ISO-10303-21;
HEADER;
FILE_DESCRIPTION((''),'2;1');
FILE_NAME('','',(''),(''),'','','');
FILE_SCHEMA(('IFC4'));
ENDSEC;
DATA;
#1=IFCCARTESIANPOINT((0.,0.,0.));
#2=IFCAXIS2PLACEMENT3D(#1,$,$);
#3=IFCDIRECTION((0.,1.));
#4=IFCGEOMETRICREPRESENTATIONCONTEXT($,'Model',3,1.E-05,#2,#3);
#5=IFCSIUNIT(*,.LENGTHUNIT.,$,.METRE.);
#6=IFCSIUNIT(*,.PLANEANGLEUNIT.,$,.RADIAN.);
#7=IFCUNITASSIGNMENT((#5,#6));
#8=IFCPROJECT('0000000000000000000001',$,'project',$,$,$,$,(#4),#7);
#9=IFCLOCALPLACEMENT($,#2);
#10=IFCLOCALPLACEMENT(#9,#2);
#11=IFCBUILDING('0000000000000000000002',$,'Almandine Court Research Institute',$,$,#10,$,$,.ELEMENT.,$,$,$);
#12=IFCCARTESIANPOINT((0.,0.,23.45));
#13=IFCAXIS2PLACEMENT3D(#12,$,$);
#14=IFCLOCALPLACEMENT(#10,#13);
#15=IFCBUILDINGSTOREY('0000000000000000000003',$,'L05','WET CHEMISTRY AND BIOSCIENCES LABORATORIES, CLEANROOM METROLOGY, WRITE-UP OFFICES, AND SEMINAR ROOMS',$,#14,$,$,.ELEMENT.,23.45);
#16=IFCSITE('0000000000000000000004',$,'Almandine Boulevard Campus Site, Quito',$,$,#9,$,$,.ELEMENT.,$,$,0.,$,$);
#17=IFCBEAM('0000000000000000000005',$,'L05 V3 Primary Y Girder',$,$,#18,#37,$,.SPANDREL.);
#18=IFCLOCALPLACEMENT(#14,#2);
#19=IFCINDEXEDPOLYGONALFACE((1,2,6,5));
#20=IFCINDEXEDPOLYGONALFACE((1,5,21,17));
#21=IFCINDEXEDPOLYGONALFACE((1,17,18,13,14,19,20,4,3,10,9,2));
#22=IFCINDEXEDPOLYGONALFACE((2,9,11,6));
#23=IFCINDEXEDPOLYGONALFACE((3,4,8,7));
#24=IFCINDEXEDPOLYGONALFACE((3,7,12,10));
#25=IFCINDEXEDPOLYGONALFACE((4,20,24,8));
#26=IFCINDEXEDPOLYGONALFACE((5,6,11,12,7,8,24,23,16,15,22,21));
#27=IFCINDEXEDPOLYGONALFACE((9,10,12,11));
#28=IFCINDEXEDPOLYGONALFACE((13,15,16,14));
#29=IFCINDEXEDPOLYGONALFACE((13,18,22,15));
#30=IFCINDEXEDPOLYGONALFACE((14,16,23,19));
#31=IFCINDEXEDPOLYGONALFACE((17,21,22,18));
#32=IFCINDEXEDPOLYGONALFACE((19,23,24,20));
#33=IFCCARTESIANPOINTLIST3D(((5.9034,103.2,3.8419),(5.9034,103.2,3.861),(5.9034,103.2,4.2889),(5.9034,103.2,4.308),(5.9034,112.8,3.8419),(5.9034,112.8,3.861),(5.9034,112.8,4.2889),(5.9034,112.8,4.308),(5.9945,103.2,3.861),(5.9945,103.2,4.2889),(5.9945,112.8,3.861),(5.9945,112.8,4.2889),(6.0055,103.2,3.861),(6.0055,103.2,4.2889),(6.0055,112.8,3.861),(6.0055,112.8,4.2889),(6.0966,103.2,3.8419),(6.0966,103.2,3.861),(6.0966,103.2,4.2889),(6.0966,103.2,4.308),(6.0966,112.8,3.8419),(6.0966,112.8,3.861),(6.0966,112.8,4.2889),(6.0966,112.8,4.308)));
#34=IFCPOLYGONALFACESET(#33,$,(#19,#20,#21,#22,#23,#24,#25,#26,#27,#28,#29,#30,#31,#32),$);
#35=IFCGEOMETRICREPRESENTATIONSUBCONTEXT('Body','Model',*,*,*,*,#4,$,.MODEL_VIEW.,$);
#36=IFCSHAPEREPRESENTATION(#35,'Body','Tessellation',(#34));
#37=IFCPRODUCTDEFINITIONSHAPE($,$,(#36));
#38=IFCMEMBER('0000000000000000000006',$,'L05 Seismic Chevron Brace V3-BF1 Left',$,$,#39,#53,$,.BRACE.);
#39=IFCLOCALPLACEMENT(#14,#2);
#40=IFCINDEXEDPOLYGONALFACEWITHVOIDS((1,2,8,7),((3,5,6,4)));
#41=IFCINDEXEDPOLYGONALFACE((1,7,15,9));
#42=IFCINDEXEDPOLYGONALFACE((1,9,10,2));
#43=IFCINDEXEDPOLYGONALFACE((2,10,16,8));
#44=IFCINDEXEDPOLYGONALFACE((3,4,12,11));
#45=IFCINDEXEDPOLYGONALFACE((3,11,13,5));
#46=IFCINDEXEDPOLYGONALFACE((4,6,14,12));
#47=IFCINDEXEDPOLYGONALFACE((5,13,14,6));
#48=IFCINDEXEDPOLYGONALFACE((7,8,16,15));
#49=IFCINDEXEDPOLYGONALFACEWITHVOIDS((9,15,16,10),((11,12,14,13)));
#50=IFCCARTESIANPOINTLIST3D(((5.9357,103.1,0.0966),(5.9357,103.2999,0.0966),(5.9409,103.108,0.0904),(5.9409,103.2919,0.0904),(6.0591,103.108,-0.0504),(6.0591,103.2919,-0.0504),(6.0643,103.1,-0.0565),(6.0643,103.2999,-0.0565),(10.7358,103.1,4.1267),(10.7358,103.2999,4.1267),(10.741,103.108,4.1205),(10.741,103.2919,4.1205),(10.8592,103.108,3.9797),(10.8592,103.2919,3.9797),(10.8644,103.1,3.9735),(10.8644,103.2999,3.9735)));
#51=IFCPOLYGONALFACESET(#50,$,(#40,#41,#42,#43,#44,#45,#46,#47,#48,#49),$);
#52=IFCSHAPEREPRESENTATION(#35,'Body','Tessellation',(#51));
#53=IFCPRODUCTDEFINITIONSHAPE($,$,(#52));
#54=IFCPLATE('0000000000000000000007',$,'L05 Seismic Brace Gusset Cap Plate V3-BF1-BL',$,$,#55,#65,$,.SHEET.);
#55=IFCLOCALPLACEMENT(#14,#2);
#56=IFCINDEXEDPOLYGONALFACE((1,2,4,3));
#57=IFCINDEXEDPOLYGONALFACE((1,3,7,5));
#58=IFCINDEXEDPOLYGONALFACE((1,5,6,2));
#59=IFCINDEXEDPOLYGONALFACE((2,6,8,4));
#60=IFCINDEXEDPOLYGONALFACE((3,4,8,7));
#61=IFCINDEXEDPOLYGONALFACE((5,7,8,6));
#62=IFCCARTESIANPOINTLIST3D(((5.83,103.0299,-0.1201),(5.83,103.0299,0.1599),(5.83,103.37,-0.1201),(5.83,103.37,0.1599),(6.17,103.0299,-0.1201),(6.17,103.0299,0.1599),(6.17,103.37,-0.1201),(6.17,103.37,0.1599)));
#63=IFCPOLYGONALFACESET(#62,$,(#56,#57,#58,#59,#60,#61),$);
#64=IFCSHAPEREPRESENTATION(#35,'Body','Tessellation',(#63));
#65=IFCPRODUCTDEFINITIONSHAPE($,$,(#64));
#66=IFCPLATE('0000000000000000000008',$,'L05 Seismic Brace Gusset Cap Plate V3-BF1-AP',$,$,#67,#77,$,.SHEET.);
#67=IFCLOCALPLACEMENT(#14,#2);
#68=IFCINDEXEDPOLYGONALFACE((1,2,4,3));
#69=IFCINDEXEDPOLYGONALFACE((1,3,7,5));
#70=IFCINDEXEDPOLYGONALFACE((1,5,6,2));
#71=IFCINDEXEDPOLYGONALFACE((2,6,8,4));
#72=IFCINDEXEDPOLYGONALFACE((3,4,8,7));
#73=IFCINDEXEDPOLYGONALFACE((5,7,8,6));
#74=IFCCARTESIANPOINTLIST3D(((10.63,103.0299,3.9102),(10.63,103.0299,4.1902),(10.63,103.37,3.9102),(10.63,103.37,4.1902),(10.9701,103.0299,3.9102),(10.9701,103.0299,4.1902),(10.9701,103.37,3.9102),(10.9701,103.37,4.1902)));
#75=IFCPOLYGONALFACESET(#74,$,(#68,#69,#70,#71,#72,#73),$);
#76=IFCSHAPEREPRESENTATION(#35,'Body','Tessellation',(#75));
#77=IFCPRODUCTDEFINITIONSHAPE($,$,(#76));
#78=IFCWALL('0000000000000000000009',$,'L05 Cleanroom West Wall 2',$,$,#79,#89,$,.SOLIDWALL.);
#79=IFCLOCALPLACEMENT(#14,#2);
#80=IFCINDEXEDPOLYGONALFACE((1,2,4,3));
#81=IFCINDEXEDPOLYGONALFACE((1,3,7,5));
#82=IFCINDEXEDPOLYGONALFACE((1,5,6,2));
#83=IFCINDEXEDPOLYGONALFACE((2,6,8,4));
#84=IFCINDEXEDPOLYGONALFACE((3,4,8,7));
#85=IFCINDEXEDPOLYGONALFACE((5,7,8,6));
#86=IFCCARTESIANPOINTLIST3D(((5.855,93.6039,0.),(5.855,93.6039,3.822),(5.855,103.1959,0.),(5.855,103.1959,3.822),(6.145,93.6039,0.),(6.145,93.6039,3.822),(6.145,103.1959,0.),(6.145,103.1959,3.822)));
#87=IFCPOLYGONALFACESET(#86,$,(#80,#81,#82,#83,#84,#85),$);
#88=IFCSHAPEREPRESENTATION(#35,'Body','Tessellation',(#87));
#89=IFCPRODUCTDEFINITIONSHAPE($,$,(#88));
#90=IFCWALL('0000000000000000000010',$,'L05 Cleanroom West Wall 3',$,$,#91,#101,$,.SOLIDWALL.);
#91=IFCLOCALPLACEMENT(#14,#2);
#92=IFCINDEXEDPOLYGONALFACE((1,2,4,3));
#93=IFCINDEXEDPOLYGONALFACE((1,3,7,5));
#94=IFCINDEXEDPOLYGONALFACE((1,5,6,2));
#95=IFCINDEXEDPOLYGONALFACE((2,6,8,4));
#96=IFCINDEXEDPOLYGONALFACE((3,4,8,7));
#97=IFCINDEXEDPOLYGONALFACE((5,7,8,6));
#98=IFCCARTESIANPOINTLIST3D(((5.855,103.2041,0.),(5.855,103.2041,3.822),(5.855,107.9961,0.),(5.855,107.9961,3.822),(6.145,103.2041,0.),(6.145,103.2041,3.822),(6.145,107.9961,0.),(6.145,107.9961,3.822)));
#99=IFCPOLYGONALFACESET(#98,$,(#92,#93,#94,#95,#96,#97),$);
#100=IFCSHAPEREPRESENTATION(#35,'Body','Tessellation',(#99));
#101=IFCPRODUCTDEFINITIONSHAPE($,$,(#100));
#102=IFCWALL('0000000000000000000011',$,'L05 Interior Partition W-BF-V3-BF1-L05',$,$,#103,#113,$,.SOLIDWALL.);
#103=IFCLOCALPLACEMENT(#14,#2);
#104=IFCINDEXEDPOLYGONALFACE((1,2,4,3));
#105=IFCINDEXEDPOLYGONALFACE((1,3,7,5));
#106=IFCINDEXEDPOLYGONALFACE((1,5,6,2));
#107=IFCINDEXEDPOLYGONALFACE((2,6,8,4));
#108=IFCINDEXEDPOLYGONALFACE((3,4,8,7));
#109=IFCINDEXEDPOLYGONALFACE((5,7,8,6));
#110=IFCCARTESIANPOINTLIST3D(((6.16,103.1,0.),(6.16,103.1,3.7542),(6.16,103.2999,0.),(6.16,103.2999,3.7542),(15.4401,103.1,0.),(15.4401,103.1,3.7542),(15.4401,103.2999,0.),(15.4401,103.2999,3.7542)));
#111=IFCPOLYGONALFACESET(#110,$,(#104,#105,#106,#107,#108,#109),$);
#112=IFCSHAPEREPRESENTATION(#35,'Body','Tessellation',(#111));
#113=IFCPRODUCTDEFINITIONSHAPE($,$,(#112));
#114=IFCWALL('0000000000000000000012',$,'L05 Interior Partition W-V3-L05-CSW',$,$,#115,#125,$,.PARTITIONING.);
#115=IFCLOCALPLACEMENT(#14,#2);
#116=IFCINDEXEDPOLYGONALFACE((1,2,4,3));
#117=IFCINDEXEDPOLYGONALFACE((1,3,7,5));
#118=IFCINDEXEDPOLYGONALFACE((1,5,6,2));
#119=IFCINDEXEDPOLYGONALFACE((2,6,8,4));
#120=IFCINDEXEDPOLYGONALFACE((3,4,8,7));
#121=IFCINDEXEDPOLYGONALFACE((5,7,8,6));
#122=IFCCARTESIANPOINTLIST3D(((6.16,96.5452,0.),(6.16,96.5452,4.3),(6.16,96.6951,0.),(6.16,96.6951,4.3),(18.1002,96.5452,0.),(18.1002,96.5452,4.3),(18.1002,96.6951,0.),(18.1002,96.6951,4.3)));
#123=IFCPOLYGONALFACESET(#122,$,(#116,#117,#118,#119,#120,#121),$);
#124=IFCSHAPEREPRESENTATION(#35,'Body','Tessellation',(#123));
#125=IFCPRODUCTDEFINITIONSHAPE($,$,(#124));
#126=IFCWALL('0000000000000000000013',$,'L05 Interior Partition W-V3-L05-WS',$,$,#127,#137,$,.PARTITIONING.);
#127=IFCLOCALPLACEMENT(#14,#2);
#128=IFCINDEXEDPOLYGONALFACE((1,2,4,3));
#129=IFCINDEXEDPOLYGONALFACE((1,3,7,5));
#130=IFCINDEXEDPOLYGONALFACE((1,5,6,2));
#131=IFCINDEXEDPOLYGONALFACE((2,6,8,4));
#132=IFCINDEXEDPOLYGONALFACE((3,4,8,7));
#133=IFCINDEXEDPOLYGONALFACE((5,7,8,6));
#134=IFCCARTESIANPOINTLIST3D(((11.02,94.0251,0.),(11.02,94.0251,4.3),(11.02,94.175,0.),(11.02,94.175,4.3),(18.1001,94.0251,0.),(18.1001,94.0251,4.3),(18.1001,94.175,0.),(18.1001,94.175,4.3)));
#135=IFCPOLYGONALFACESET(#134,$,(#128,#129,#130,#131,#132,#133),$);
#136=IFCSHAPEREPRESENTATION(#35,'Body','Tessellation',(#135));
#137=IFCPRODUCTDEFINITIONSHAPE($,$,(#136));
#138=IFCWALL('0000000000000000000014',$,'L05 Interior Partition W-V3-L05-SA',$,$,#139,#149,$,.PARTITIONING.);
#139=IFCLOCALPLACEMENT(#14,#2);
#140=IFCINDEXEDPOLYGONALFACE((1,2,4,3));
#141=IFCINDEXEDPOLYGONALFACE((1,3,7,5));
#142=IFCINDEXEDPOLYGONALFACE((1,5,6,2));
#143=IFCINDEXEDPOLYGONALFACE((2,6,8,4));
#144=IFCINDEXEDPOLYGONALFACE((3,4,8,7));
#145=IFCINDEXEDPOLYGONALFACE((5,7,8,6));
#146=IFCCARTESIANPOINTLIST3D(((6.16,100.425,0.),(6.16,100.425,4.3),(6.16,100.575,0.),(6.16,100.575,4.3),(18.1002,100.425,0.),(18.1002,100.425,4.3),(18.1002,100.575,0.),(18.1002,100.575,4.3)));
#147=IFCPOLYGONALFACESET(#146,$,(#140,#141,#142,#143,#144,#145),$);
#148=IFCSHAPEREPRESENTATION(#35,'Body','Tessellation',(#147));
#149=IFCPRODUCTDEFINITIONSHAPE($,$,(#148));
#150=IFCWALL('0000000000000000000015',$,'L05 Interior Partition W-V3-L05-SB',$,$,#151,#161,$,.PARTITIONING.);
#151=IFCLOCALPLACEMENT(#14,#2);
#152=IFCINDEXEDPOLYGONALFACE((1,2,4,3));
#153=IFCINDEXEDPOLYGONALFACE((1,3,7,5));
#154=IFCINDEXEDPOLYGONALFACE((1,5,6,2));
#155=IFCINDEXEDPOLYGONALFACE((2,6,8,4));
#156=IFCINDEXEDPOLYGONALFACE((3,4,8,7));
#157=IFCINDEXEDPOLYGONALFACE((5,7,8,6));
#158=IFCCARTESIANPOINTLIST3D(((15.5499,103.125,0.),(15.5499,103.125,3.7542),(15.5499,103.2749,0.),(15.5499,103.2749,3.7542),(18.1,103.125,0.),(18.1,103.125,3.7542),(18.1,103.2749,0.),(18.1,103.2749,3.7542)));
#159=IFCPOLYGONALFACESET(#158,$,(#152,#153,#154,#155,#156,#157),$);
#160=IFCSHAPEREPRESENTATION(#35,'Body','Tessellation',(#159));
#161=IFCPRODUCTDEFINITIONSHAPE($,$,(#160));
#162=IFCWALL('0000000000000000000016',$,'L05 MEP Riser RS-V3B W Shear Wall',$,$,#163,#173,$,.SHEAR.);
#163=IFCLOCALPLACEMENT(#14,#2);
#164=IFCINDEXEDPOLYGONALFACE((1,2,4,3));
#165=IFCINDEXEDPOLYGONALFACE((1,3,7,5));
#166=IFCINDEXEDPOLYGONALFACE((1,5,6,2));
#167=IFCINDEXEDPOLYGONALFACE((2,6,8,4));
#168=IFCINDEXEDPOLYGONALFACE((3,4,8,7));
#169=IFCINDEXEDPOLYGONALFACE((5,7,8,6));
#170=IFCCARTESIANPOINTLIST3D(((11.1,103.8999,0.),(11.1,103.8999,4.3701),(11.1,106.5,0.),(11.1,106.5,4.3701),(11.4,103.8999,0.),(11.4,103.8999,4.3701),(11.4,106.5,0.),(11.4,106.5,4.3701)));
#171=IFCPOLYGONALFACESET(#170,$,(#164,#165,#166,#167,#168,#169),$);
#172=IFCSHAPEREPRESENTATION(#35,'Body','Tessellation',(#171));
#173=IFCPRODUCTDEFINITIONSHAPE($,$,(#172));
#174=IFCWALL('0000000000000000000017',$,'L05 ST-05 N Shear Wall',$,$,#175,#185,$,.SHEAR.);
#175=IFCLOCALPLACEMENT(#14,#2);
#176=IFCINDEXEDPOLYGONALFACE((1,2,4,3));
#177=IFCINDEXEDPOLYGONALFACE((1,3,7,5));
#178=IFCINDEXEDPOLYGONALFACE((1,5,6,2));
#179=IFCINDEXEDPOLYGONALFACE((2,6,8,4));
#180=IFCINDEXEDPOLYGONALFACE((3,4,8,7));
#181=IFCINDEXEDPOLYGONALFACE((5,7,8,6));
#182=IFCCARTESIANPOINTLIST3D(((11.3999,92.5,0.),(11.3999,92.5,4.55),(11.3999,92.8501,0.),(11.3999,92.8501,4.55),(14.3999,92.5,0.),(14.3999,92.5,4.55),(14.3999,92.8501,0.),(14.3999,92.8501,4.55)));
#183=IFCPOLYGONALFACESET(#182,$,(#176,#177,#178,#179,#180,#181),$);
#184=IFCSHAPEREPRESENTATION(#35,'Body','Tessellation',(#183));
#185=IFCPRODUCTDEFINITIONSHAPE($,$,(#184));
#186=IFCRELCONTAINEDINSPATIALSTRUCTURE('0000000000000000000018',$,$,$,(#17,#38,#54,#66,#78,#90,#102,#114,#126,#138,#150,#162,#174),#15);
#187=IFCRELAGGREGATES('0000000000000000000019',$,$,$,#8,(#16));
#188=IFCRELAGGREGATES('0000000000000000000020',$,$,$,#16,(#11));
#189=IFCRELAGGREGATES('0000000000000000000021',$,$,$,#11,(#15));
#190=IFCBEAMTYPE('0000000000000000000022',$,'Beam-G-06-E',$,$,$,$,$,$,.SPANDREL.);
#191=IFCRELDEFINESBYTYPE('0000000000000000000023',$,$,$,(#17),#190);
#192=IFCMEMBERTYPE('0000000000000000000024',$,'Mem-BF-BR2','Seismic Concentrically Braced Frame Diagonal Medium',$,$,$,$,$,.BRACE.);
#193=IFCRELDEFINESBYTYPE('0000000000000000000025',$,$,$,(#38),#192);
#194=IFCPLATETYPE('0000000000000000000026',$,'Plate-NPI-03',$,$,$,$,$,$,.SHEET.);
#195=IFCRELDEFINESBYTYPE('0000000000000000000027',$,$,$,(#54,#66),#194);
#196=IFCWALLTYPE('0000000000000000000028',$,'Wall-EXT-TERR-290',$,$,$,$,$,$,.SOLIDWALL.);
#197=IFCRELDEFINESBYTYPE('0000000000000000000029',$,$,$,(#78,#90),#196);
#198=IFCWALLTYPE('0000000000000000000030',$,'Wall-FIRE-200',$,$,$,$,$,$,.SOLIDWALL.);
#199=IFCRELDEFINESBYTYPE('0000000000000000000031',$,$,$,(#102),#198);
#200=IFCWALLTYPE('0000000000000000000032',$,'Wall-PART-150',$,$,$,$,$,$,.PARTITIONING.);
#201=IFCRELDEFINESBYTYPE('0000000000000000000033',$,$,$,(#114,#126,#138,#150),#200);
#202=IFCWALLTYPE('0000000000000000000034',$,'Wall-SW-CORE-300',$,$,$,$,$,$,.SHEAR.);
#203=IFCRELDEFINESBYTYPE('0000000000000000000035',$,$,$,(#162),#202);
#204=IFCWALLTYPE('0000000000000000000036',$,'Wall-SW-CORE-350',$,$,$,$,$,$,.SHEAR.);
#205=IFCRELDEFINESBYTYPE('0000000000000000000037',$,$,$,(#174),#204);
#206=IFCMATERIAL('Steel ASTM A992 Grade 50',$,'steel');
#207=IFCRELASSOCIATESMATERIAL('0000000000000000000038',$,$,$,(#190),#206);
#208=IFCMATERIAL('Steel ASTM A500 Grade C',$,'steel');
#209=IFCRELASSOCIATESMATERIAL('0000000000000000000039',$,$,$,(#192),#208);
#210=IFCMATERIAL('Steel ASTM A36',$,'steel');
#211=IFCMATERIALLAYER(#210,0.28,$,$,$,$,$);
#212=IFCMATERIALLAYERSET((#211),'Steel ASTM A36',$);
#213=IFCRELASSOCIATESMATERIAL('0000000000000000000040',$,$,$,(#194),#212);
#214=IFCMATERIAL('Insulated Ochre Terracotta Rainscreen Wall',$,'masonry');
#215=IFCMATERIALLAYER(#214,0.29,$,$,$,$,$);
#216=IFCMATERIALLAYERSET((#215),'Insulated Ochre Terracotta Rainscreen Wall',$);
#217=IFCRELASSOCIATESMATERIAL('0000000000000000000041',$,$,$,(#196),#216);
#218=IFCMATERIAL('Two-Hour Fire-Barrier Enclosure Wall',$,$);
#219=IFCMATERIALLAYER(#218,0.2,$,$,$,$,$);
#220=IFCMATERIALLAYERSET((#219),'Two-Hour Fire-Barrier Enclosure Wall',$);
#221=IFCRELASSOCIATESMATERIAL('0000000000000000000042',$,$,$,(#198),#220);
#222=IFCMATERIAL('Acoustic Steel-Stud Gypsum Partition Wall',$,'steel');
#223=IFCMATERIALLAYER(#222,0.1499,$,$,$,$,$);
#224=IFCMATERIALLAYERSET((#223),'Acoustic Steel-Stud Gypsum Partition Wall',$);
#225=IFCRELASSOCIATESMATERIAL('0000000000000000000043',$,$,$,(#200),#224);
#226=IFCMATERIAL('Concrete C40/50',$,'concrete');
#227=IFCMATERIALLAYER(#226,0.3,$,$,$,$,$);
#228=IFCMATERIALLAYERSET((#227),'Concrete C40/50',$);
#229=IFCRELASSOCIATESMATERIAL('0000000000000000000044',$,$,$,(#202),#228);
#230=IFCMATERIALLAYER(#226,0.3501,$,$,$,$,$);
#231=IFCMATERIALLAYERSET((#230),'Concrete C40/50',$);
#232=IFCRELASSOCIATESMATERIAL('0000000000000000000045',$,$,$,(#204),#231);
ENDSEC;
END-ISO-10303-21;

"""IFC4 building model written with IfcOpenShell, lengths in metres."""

from ifc_helpers import new_model, si_unit, direction, frame, frame_2d, origin, origin_2d, place, context, subcontext, project, spatial, rectangle, hollow_rectangle, i_section, extrude, material, layer, layer_set, material_profile, profile_set, type_object, element, save


model = new_model("IFC4")

# Units and contexts
model_context = context("Model", 3, precision=1e-05, world=origin(), true_north=direction((0.0, 1.0)))
body_context = subcontext(model_context, "Body", "Model", "MODEL_VIEW")
ifc_project = project(units=[si_unit("LENGTHUNIT", "METRE"), si_unit("PLANEANGLEUNIT", "RADIAN")], contexts=[model_context])

# Site, building, storey
site_placement = place(None, origin())
site = spatial("IfcSite", under=ifc_project, at=site_placement, Name="Almandine Boulevard Campus Site, Quito", CompositionType="ELEMENT", RefElevation=0.0)
building_placement = place(site_placement, origin())
building = spatial("IfcBuilding", under=site, at=building_placement, Name="Almandine Court Research Institute", CompositionType="ELEMENT")
storey_placement = place(building_placement, frame((0.0, 0.0, 23.45)))
storey = spatial("IfcBuildingStorey", under=building, at=storey_placement, Name="L05", Description="WET CHEMISTRY AND BIOSCIENCES LABORATORIES, CLEANROOM METROLOGY, WRITE-UP OFFICES, AND SEMINAR ROOMS", CompositionType="ELEMENT", Elevation=23.45)

# Shared definitions
ifc_material_1 = material(Name="Steel ASTM A992 Grade 50", Category="steel")

# Beam
ifc_material_profile_1 = material_profile(ifc_material_1, i_section(OverallWidth=0.1931, OverallDepth=0.4661, WebThickness=0.011, FlangeThickness=0.019, at=origin_2d()), Name="W460x97")
ifc_profile_set_1 = profile_set([ifc_material_profile_1], Name="Steel ASTM A992 Grade 50")
beam_type_1 = type_object("IfcBeamType", Name="Beam-G-06-E", PredefinedType="SPANDREL", material=ifc_profile_set_1)
beam_1_placement = place(storey_placement, frame((6.0, 103.2, 4.075), z_axis=(0.0, 1.0, 0.0), x_axis=(-1.0, 0.0, 0.0)))
element("IfcBeam", 1, at=beam_1_placement, inside=storey, type_object=beam_type_1, Name="L05 V3 Primary Y Girder", PredefinedType="SPANDREL", context=body_context, shape_type="SweptSolid", body=[
    extrude(i_section(OverallWidth=0.1931, OverallDepth=0.4661, WebThickness=0.011, FlangeThickness=0.019, at=origin_2d()), origin(), (0.0, 0.0, 1.0), 9.6001),
])

# Member
ifc_material_2 = material(Name="Steel ASTM A500 Grade C", Category="steel")
ifc_material_profile_2 = material_profile(ifc_material_2, hollow_rectangle(XDim=0.2, YDim=0.2, WallThickness=0.0081, at=origin_2d()), Name="HSS 200x200x8")
ifc_profile_set_2 = profile_set([ifc_material_profile_2], Name="Steel ASTM A500 Grade C")
member_type = type_object("IfcMemberType", Name="Mem-BF-BR2", Description="Seismic Concentrically Braced Frame Diagonal Medium", PredefinedType="BRACE", material=ifc_profile_set_2)
member_placement = place(storey_placement, frame((6.0, 103.2, 0.02), z_axis=(0.765863, 0.0, 0.643004), x_axis=(0.0, 1.0, 0.0)))
element("IfcMember", 2, at=member_placement, inside=storey, type_object=member_type, Name="L05 Seismic Chevron Brace V3-BF1 Left", PredefinedType="BRACE", context=body_context, shape_type="SweptSolid", body=[
    extrude(hollow_rectangle(XDim=0.2, YDim=0.2, WallThickness=0.0081, at=origin_2d()), origin(), (0.0, 0.0, 1.0), 6.2676),
])

# Plates
ifc_material_3 = material(Name="Steel ASTM A36", Category="steel")
ifc_layer_1 = layer(ifc_material_3, 0.28)
ifc_layer_set_1 = layer_set([ifc_layer_1], Name="Steel ASTM A36")
plate_type = type_object("IfcPlateType", Name="Plate-NPI-03", PredefinedType="SHEET", material=ifc_layer_set_1)
for number, where, z_axis, x_axis, name in (
    (3, (6.0, 103.2, -0.1201), (0.0, 0.0, 1.0), (1.0, 0.0, 0.0), "L05 Seismic Brace Gusset Cap Plate V3-BF1-BL"),
    (4, (10.8, 103.2, 3.9102), (0.0, 0.0, 1.0), (1.0, 0.0, 0.0), "L05 Seismic Brace Gusset Cap Plate V3-BF1-AP"),
):
    element("IfcPlate", number, at=place(storey_placement, frame(where, z_axis=z_axis, x_axis=x_axis)), inside=storey, type_object=plate_type, Name=name, PredefinedType="SHEET", context=body_context, shape_type="SweptSolid", body=[
        extrude(rectangle(XDim=0.3401, YDim=0.3401, at=origin_2d()), origin(), (0.0, 0.0, 1.0), 0.28),
    ])

# Walls
ifc_material_4 = material(Name="Insulated Ochre Terracotta Rainscreen Wall", Category="masonry")
ifc_layer_2 = layer(ifc_material_4, 0.29)
ifc_layer_set_2 = layer_set([ifc_layer_2], Name="Insulated Ochre Terracotta Rainscreen Wall")
wall_type_1 = type_object("IfcWallType", Name="Wall-EXT-TERR-290", PredefinedType="SOLIDWALL", material=ifc_layer_set_2)
wall_1_placement = place(storey_placement, frame((6.0, 93.604, 0.0), z_axis=(0.0, 0.0, 1.0), x_axis=(0.0, 1.0, 0.0)))
element("IfcWall", 5, at=wall_1_placement, inside=storey, type_object=wall_type_1, Name="L05 Cleanroom West Wall 2", PredefinedType="SOLIDWALL", context=body_context, shape_type="SweptSolid", body=[
    extrude(rectangle(XDim=9.592, YDim=0.29, at=frame_2d((4.7959, 0.0))), origin(), (0.0, 0.0, 1.0), 3.822),
])
wall_2_placement = place(storey_placement, frame((6.0, 103.2041, 0.0), z_axis=(0.0, 0.0, 1.0), x_axis=(0.0, 1.0, 0.0)))
element("IfcWall", 6, at=wall_2_placement, inside=storey, type_object=wall_type_1, Name="L05 Cleanroom West Wall 3", PredefinedType="SOLIDWALL", context=body_context, shape_type="SweptSolid", body=[
    extrude(rectangle(XDim=4.792, YDim=0.29, at=frame_2d((2.396, 0.0))), origin(), (0.0, 0.0, 1.0), 3.822),
])
ifc_material_5 = material(Name="Two-Hour Fire-Barrier Enclosure Wall")
ifc_layer_3 = layer(ifc_material_5, 0.2)
ifc_layer_set_3 = layer_set([ifc_layer_3], Name="Two-Hour Fire-Barrier Enclosure Wall")
wall_type_2 = type_object("IfcWallType", Name="Wall-FIRE-200", PredefinedType="SOLIDWALL", material=ifc_layer_set_3)
wall_3_placement = place(storey_placement, frame((6.1599, 103.2, 0.0), z_axis=(0.0, 0.0, 1.0), x_axis=(1.0, 0.0, 0.0)))
element("IfcWall", 7, at=wall_3_placement, inside=storey, type_object=wall_type_2, Name="L05 Interior Partition W-BF-V3-BF1-L05", PredefinedType="SOLIDWALL", context=body_context, shape_type="SweptSolid", body=[
    extrude(rectangle(XDim=9.28, YDim=0.2, at=frame_2d((4.6401, 0.0))), origin(), (0.0, 0.0, 1.0), 3.7542),
])
ifc_material_6 = material(Name="Acoustic Steel-Stud Gypsum Partition Wall", Category="steel")
ifc_layer_4 = layer(ifc_material_6, 0.1499)
ifc_layer_set_4 = layer_set([ifc_layer_4], Name="Acoustic Steel-Stud Gypsum Partition Wall")
wall_type_3 = type_object("IfcWallType", Name="Wall-PART-150", PredefinedType="PARTITIONING", material=ifc_layer_set_4)
wall_4_placement = place(storey_placement, frame((6.1599, 96.6201, 0.0), z_axis=(0.0, 0.0, 1.0), x_axis=(1.0, 0.0, 0.0)))
element("IfcWall", 8, at=wall_4_placement, inside=storey, type_object=wall_type_3, Name="L05 Interior Partition W-V3-L05-CSW", PredefinedType="PARTITIONING", context=body_context, shape_type="SweptSolid", body=[
    extrude(rectangle(XDim=11.9402, YDim=0.1499, at=frame_2d((5.9702, 0.0))), origin(), (0.0, 0.0, 1.0), 4.3),
])
wall_5_placement = place(storey_placement, frame((11.02, 94.1001, 0.0), z_axis=(0.0, 0.0, 1.0), x_axis=(1.0, 0.0, 0.0)))
element("IfcWall", 9, at=wall_5_placement, inside=storey, type_object=wall_type_3, Name="L05 Interior Partition W-V3-L05-WS", PredefinedType="PARTITIONING", context=body_context, shape_type="SweptSolid", body=[
    extrude(rectangle(XDim=7.0801, YDim=0.1499, at=frame_2d((3.54, 0.0))), origin(), (0.0, 0.0, 1.0), 4.3),
])
wall_6_placement = place(storey_placement, frame((6.1599, 100.5, 0.0), z_axis=(0.0, 0.0, 1.0), x_axis=(1.0, 0.0, 0.0)))
element("IfcWall", 10, at=wall_6_placement, inside=storey, type_object=wall_type_3, Name="L05 Interior Partition W-V3-L05-SA", PredefinedType="PARTITIONING", context=body_context, shape_type="SweptSolid", body=[
    extrude(rectangle(XDim=11.9402, YDim=0.1499, at=frame_2d((5.9702, 0.0))), origin(), (0.0, 0.0, 1.0), 4.3),
])
wall_7_placement = place(storey_placement, frame((15.55, 103.2, 0.0), z_axis=(0.0, 0.0, 1.0), x_axis=(1.0, 0.0, 0.0)))
element("IfcWall", 11, at=wall_7_placement, inside=storey, type_object=wall_type_3, Name="L05 Interior Partition W-V3-L05-SB", PredefinedType="PARTITIONING", context=body_context, shape_type="SweptSolid", body=[
    extrude(rectangle(XDim=2.55, YDim=0.1499, at=frame_2d((1.2749, 0.0))), origin(), (0.0, 0.0, 1.0), 3.7542),
])
ifc_material_7 = material(Name="Concrete C40/50", Category="concrete")
ifc_layer_5 = layer(ifc_material_7, 0.3)
ifc_layer_set_5 = layer_set([ifc_layer_5], Name="Concrete C40/50")
wall_type_4 = type_object("IfcWallType", Name="Wall-SW-CORE-300", PredefinedType="SHEAR", material=ifc_layer_set_5)
wall_8_placement = place(storey_placement, frame((11.25, 103.8999, 0.0), z_axis=(0.0, 0.0, 1.0), x_axis=(0.0, 1.0, 0.0)))
element("IfcWall", 12, at=wall_8_placement, inside=storey, type_object=wall_type_4, Name="L05 MEP Riser RS-V3B W Shear Wall", PredefinedType="SHEAR", context=body_context, shape_type="SweptSolid", body=[
    extrude(rectangle(XDim=2.6001, YDim=0.3, at=frame_2d((1.3, 0.0))), origin(), (0.0, 0.0, 1.0), 4.3701),
])
ifc_layer_6 = layer(ifc_material_7, 0.3501)
ifc_layer_set_6 = layer_set([ifc_layer_6], Name="Concrete C40/50")
wall_type_5 = type_object("IfcWallType", Name="Wall-SW-CORE-350", PredefinedType="SHEAR", material=ifc_layer_set_6)
wall_9_placement = place(storey_placement, frame((11.3999, 92.675, 0.0), z_axis=(0.0, 0.0, 1.0), x_axis=(1.0, 0.0, 0.0)))
element("IfcWall", 13, at=wall_9_placement, inside=storey, type_object=wall_type_5, Name="L05 ST-05 N Shear Wall", PredefinedType="SHEAR", context=body_context, shape_type="SweptSolid", body=[
    extrude(rectangle(XDim=3.0, YDim=0.3501, at=frame_2d((1.5, 0.0))), origin(), (0.0, 0.0, 1.0), 4.55),
])

save(model, "model.ifc")
